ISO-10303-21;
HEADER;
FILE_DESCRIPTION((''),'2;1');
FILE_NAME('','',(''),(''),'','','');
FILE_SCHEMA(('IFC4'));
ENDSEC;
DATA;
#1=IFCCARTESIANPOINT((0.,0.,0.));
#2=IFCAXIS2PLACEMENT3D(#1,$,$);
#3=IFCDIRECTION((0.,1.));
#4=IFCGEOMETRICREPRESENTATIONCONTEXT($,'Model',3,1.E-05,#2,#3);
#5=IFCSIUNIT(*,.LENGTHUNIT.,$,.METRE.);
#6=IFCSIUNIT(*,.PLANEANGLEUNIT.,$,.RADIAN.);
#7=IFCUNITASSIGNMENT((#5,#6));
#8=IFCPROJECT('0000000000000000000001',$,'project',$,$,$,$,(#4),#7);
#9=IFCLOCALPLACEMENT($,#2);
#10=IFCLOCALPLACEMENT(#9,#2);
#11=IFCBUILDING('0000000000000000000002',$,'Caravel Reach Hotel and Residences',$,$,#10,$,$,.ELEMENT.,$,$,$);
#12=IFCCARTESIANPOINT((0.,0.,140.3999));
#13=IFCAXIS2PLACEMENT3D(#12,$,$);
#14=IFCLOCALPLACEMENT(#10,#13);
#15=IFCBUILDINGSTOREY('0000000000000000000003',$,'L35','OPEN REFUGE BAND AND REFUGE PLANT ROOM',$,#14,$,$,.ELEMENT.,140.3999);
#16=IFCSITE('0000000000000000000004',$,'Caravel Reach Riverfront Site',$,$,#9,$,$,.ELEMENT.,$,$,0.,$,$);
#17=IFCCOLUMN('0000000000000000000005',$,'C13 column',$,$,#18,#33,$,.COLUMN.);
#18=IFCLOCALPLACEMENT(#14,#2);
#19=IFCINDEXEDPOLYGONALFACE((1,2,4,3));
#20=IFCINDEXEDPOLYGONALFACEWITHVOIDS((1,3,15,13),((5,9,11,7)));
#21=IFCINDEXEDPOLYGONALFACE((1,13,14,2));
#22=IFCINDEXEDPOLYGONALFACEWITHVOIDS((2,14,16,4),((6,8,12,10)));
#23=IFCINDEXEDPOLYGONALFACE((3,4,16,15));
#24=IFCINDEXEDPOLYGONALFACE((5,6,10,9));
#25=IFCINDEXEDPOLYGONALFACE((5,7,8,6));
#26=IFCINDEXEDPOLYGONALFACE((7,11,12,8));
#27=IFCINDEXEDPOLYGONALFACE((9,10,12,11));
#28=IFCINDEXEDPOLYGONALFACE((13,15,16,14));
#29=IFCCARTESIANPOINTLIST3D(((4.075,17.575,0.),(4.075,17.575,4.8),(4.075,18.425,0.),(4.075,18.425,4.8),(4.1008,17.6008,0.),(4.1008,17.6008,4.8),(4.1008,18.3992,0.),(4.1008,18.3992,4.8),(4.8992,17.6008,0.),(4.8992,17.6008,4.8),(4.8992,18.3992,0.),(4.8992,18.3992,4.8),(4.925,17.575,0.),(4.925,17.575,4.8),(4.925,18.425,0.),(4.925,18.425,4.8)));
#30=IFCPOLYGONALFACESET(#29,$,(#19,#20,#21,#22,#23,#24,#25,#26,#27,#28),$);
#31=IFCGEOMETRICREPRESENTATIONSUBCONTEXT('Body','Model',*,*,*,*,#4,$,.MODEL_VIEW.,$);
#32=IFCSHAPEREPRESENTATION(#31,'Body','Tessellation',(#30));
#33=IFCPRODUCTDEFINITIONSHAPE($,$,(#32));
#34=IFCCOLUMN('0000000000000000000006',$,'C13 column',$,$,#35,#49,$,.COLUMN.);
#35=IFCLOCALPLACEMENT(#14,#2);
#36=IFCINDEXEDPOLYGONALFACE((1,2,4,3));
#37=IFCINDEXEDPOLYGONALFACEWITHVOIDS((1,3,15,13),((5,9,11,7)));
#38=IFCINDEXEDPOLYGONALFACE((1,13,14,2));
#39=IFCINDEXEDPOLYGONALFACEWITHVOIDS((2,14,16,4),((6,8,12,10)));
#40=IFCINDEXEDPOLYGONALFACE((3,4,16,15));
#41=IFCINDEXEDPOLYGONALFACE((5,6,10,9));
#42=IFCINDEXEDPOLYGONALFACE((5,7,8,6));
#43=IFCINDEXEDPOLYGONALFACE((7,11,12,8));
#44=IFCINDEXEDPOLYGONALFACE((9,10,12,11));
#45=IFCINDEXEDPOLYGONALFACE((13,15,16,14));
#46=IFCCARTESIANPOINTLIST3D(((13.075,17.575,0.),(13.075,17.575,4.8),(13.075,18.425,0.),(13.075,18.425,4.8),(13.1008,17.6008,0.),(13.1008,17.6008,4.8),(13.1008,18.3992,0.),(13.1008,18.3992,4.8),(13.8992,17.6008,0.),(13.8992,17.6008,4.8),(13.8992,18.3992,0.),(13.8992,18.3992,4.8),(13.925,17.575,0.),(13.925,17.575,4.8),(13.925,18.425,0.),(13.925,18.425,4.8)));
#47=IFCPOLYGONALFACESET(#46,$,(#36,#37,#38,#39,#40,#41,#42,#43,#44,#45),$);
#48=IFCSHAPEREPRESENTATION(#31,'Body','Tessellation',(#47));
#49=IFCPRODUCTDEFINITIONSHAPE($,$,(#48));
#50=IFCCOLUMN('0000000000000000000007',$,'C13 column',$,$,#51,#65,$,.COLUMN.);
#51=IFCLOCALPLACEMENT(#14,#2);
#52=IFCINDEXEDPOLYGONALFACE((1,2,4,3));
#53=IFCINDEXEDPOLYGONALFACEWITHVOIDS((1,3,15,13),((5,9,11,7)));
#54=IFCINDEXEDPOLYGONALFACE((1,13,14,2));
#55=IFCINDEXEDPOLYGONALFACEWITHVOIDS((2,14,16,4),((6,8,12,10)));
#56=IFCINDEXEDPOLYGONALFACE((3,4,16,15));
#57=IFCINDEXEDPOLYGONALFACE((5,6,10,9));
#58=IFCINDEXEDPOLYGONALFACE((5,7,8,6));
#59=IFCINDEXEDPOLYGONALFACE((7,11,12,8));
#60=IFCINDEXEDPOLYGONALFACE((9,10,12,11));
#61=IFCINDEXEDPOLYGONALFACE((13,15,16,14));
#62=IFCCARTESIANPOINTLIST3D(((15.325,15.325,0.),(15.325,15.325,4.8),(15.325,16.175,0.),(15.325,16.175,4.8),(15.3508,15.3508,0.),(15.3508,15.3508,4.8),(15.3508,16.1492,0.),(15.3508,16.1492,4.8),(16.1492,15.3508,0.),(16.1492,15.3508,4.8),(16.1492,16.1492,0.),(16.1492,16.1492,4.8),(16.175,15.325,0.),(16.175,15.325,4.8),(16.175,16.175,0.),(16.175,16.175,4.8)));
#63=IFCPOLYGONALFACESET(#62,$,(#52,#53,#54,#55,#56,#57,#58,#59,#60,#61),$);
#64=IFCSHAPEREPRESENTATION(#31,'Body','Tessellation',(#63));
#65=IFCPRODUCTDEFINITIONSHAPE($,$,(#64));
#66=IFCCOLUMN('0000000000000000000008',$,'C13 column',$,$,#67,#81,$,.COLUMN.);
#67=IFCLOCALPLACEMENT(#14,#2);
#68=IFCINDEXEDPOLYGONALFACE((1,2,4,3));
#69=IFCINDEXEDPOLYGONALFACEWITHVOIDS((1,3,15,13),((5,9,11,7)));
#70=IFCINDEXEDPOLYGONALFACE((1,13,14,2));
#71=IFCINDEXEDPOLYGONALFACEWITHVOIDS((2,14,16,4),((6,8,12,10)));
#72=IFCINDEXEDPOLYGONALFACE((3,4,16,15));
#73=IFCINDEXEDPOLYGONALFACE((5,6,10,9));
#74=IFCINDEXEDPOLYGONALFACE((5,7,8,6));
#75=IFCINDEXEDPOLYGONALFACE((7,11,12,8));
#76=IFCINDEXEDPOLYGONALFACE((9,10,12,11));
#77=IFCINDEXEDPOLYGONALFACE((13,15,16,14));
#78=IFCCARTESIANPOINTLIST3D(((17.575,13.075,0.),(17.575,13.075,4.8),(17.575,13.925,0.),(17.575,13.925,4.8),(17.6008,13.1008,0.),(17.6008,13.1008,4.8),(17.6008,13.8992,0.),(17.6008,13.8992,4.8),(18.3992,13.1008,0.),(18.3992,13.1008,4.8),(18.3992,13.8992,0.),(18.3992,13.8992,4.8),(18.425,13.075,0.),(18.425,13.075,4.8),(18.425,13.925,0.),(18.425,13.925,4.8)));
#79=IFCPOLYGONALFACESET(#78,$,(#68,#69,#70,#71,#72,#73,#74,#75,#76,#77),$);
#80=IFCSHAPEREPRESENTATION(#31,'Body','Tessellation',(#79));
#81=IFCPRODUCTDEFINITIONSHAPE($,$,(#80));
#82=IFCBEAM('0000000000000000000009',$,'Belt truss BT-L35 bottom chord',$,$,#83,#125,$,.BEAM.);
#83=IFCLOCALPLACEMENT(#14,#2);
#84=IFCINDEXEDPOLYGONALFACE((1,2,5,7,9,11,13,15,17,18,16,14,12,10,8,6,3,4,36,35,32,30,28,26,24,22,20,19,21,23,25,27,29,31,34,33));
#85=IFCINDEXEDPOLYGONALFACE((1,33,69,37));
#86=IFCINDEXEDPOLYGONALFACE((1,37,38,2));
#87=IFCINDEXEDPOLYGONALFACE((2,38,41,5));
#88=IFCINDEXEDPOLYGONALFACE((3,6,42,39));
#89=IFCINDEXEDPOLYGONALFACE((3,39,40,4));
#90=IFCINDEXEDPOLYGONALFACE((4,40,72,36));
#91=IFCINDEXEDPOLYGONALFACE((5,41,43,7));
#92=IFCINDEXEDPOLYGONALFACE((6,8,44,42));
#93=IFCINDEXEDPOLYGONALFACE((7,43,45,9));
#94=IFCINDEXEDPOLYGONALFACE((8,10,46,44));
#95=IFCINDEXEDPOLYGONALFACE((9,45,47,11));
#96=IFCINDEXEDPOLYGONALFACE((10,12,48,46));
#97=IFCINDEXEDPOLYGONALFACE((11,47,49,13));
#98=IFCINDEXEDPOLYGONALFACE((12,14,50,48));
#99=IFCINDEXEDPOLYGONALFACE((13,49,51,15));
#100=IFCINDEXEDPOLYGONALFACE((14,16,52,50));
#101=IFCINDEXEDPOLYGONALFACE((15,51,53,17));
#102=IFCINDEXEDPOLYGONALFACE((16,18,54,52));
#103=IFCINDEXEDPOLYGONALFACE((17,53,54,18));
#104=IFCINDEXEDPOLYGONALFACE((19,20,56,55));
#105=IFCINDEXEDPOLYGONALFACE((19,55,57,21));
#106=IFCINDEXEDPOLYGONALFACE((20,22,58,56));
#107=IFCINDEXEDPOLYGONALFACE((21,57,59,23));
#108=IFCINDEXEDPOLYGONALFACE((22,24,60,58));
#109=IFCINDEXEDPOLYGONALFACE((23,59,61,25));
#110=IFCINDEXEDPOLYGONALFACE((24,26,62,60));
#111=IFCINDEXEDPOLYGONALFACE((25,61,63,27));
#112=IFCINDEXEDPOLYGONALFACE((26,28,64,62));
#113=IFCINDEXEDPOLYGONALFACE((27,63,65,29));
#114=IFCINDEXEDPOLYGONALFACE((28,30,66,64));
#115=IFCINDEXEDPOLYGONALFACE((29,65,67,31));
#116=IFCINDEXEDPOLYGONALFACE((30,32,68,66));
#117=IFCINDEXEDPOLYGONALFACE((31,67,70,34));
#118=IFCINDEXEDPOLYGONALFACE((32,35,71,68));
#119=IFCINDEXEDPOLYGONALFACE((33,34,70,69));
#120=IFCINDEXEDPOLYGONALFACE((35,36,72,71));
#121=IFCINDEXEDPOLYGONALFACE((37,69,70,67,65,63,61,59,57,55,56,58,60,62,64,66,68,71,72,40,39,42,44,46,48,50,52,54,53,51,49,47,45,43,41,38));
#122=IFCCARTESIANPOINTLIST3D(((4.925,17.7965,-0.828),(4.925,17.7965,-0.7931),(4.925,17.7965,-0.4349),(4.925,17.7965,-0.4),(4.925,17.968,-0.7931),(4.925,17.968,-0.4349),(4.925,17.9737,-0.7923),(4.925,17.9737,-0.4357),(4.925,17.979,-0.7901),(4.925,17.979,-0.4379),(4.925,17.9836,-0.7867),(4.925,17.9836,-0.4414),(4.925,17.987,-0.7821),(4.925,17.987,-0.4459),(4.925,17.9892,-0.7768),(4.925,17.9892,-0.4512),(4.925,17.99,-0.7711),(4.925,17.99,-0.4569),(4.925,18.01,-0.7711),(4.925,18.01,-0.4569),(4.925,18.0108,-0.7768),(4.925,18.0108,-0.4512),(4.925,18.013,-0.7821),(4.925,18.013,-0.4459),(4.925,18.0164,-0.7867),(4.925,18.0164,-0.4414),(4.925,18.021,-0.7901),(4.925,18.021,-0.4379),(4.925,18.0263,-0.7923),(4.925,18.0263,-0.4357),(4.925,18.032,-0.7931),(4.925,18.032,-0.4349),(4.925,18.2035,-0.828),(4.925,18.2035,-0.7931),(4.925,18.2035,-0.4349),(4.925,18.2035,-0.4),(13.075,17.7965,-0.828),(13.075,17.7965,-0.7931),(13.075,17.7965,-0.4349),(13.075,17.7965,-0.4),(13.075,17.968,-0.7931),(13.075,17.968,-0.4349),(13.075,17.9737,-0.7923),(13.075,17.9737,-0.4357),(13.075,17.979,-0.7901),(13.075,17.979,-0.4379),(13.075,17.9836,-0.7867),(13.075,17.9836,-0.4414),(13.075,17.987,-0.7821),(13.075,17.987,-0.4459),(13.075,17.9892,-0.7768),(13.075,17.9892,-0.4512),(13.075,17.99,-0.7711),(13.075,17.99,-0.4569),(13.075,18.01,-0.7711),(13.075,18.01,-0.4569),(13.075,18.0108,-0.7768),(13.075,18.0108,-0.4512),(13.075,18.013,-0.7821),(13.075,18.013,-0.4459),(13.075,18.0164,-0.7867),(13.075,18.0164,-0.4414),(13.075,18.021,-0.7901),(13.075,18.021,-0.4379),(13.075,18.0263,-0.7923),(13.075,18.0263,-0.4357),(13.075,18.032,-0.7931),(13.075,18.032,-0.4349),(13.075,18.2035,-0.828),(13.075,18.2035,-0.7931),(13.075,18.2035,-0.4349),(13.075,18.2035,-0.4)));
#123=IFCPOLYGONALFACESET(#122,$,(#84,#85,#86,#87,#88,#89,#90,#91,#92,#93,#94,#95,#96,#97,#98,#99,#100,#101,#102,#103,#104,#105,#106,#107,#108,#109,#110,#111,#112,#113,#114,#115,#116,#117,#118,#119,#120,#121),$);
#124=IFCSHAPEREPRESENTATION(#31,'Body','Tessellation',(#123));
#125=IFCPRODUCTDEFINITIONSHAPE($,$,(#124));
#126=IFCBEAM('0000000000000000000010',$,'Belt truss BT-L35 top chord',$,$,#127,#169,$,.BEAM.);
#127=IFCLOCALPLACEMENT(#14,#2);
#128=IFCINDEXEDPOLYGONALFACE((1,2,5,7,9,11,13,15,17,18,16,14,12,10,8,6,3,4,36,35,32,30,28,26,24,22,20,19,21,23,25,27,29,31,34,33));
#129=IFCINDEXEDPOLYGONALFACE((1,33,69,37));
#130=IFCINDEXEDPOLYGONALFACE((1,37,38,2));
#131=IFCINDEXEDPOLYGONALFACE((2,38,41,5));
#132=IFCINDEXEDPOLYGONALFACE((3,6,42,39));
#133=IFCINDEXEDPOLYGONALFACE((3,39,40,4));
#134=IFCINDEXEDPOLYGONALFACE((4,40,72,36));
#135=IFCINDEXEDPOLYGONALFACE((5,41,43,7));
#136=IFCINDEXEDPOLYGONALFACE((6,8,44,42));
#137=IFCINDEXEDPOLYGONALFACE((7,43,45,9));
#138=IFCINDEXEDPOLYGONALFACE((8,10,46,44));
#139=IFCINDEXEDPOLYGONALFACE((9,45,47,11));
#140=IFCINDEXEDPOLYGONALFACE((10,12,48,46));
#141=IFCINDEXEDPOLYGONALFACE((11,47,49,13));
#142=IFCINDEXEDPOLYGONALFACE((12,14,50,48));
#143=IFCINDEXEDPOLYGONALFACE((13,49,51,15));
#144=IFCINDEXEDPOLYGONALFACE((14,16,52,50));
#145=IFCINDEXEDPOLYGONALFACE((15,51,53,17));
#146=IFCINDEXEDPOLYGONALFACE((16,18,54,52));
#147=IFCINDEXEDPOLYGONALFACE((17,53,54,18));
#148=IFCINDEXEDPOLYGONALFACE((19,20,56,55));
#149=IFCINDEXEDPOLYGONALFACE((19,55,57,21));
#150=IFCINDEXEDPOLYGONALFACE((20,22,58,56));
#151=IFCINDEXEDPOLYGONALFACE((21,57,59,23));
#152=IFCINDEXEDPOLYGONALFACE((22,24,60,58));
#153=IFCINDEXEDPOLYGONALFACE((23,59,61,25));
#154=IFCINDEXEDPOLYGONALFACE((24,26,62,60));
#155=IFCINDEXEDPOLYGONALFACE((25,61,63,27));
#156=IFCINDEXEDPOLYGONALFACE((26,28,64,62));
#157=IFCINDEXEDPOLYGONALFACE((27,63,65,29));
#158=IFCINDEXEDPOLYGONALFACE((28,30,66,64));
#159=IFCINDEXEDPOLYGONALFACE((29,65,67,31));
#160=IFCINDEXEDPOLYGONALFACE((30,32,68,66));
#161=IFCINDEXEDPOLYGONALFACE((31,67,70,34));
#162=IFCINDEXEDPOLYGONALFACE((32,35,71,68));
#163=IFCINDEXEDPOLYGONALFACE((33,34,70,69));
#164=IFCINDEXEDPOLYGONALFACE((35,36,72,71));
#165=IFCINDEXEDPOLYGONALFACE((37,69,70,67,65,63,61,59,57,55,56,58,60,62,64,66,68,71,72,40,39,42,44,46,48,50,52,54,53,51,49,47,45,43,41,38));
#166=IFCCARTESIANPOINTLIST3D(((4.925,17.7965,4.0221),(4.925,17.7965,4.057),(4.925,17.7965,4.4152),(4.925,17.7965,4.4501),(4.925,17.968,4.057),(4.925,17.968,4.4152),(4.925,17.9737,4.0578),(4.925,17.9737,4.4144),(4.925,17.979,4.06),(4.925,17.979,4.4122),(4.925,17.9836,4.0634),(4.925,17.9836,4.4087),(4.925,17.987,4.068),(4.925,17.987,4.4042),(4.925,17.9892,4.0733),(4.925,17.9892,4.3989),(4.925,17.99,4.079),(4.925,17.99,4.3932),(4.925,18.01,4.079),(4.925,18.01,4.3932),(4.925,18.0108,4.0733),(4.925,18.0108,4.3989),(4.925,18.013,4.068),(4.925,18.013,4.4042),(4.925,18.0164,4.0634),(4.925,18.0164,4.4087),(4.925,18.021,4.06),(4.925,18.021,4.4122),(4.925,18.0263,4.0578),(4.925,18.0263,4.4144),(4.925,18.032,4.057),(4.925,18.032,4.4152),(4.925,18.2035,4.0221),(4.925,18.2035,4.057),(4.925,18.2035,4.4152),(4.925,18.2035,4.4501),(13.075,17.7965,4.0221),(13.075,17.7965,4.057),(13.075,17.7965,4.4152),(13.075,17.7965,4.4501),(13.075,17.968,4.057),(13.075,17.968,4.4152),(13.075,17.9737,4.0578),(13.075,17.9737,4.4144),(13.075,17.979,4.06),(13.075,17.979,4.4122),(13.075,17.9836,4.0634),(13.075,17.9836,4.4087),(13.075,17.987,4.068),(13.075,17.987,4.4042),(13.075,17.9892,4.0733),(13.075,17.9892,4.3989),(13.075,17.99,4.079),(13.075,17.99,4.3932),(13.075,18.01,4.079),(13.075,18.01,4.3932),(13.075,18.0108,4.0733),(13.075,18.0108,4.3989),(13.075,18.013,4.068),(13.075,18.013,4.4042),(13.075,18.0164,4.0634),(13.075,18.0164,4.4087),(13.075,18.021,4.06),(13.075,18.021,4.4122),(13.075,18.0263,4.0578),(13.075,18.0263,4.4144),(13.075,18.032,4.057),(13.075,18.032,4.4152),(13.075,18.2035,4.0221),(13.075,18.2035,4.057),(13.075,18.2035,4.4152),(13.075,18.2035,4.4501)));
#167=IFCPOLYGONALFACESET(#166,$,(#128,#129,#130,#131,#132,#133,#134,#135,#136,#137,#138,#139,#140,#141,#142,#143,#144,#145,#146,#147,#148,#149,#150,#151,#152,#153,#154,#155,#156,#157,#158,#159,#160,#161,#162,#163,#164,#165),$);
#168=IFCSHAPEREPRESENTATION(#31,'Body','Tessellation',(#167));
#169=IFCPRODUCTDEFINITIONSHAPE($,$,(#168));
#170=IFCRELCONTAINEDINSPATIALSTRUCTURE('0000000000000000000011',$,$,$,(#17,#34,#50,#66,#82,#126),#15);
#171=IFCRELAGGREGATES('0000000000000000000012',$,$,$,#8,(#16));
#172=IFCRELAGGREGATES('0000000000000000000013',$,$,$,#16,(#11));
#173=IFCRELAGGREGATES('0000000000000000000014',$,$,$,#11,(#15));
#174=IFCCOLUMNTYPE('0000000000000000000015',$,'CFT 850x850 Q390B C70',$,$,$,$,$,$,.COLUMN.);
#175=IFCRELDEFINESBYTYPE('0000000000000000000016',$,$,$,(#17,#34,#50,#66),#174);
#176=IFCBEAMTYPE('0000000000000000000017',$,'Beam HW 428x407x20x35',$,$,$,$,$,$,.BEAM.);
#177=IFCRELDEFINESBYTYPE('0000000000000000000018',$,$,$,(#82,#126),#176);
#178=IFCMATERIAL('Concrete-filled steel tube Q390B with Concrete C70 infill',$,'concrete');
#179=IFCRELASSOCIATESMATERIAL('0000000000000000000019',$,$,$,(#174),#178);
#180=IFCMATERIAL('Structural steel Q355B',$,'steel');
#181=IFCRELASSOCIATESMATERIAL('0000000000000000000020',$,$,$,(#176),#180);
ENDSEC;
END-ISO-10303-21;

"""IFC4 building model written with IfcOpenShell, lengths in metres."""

from ifc_helpers import new_model, si_unit, direction, frame, origin, origin_2d, place, context, subcontext, project, spatial, hollow_rectangle, i_section, extrude, material, material_profile, profile_set, type_object, element, save


model = new_model("IFC4")

# Units and contexts
model_context = context("Model", 3, precision=1e-05, world=origin(), true_north=direction((0.0, 1.0)))
body_context = subcontext(model_context, "Body", "Model", "MODEL_VIEW")
ifc_project = project(units=[si_unit("LENGTHUNIT", "METRE"), si_unit("PLANEANGLEUNIT", "RADIAN")], contexts=[model_context])

# Site, building, storey
site_placement = place(None, origin())
site = spatial("IfcSite", under=ifc_project, at=site_placement, Name="Caravel Reach Riverfront Site", CompositionType="ELEMENT", RefElevation=0.0)
building_placement = place(site_placement, origin())
building = spatial("IfcBuilding", under=site, at=building_placement, Name="Caravel Reach Hotel and Residences", CompositionType="ELEMENT")
storey_placement = place(building_placement, frame((0.0, 0.0, 140.3999)))
storey = spatial("IfcBuildingStorey", under=building, at=storey_placement, Name="L35", Description="OPEN REFUGE BAND AND REFUGE PLANT ROOM", CompositionType="ELEMENT", Elevation=140.3999)

# Columns
ifc_material_1 = material(Name="Concrete-filled steel tube Q390B with Concrete C70 infill", Category="concrete")
ifc_material_profile_1 = material_profile(ifc_material_1, hollow_rectangle(XDim=0.8501, YDim=0.8501, WallThickness=0.0259, at=origin_2d()), Name="RHS 850x850x26")
ifc_profile_set_1 = profile_set([ifc_material_profile_1], Name="Concrete-filled steel tube Q390B with Concrete C70 infill")
column_type = type_object("IfcColumnType", Name="CFT 850x850 Q390B C70", PredefinedType="COLUMN", material=ifc_profile_set_1)
for number, where, z_axis, x_axis, name in (
    (1, (4.5, 18.0, 0.0), (0.0, 0.0, 1.0), (1.0, 0.0, 0.0), "C13 column"),
    (2, (13.5, 18.0, 0.0), (0.0, 0.0, 1.0), (1.0, 0.0, 0.0), "C13 column"),
    (3, (15.75, 15.75, 0.0), (0.0, 0.0, 1.0), (1.0, 0.0, 0.0), "C13 column"),
    (4, (18.0, 13.5, 0.0), (0.0, 0.0, 1.0), (1.0, 0.0, 0.0), "C13 column"),
):
    element("IfcColumn", number, at=place(storey_placement, frame(where, z_axis=z_axis, x_axis=x_axis)), inside=storey, type_object=column_type, Name=name, PredefinedType="COLUMN", context=body_context, shape_type="SweptSolid", body=[
        extrude(hollow_rectangle(XDim=0.8501, YDim=0.8501, WallThickness=0.0259, at=origin_2d()), origin(), (0.0, 0.0, 1.0), 4.8),
    ])

# Beams
ifc_material_2 = material(Name="Structural steel Q355B", Category="steel")
ifc_material_profile_2 = material_profile(ifc_material_2, i_section(OverallWidth=0.407, OverallDepth=0.428, WebThickness=0.02, FlangeThickness=0.0349, FilletRadius=0.022, at=origin_2d()), Name="HW 428x407x20x35")
ifc_profile_set_2 = profile_set([ifc_material_profile_2], Name="Structural steel Q355B")
beam_type = type_object("IfcBeamType", Name="Beam HW 428x407x20x35", PredefinedType="BEAM", material=ifc_profile_set_2)
for number, where, z_axis, x_axis, name in (
    (5, (4.925, 18.0, -0.614), (1.0, 0.0, 0.0), (0.0, 1.0, 0.0), "Belt truss BT-L35 bottom chord"),
    (6, (4.925, 18.0, 4.2361), (1.0, 0.0, 0.0), (0.0, 1.0, 0.0), "Belt truss BT-L35 top chord"),
):
    element("IfcBeam", number, at=place(storey_placement, frame(where, z_axis=z_axis, x_axis=x_axis)), inside=storey, type_object=beam_type, Name=name, PredefinedType="BEAM", context=body_context, shape_type="SweptSolid", body=[
        extrude(i_section(OverallWidth=0.407, OverallDepth=0.428, WebThickness=0.02, FlangeThickness=0.0349, FilletRadius=0.022, at=origin_2d()), origin(), (0.0, 0.0, 1.0), 8.1499),
    ])

save(model, "model.ifc")
